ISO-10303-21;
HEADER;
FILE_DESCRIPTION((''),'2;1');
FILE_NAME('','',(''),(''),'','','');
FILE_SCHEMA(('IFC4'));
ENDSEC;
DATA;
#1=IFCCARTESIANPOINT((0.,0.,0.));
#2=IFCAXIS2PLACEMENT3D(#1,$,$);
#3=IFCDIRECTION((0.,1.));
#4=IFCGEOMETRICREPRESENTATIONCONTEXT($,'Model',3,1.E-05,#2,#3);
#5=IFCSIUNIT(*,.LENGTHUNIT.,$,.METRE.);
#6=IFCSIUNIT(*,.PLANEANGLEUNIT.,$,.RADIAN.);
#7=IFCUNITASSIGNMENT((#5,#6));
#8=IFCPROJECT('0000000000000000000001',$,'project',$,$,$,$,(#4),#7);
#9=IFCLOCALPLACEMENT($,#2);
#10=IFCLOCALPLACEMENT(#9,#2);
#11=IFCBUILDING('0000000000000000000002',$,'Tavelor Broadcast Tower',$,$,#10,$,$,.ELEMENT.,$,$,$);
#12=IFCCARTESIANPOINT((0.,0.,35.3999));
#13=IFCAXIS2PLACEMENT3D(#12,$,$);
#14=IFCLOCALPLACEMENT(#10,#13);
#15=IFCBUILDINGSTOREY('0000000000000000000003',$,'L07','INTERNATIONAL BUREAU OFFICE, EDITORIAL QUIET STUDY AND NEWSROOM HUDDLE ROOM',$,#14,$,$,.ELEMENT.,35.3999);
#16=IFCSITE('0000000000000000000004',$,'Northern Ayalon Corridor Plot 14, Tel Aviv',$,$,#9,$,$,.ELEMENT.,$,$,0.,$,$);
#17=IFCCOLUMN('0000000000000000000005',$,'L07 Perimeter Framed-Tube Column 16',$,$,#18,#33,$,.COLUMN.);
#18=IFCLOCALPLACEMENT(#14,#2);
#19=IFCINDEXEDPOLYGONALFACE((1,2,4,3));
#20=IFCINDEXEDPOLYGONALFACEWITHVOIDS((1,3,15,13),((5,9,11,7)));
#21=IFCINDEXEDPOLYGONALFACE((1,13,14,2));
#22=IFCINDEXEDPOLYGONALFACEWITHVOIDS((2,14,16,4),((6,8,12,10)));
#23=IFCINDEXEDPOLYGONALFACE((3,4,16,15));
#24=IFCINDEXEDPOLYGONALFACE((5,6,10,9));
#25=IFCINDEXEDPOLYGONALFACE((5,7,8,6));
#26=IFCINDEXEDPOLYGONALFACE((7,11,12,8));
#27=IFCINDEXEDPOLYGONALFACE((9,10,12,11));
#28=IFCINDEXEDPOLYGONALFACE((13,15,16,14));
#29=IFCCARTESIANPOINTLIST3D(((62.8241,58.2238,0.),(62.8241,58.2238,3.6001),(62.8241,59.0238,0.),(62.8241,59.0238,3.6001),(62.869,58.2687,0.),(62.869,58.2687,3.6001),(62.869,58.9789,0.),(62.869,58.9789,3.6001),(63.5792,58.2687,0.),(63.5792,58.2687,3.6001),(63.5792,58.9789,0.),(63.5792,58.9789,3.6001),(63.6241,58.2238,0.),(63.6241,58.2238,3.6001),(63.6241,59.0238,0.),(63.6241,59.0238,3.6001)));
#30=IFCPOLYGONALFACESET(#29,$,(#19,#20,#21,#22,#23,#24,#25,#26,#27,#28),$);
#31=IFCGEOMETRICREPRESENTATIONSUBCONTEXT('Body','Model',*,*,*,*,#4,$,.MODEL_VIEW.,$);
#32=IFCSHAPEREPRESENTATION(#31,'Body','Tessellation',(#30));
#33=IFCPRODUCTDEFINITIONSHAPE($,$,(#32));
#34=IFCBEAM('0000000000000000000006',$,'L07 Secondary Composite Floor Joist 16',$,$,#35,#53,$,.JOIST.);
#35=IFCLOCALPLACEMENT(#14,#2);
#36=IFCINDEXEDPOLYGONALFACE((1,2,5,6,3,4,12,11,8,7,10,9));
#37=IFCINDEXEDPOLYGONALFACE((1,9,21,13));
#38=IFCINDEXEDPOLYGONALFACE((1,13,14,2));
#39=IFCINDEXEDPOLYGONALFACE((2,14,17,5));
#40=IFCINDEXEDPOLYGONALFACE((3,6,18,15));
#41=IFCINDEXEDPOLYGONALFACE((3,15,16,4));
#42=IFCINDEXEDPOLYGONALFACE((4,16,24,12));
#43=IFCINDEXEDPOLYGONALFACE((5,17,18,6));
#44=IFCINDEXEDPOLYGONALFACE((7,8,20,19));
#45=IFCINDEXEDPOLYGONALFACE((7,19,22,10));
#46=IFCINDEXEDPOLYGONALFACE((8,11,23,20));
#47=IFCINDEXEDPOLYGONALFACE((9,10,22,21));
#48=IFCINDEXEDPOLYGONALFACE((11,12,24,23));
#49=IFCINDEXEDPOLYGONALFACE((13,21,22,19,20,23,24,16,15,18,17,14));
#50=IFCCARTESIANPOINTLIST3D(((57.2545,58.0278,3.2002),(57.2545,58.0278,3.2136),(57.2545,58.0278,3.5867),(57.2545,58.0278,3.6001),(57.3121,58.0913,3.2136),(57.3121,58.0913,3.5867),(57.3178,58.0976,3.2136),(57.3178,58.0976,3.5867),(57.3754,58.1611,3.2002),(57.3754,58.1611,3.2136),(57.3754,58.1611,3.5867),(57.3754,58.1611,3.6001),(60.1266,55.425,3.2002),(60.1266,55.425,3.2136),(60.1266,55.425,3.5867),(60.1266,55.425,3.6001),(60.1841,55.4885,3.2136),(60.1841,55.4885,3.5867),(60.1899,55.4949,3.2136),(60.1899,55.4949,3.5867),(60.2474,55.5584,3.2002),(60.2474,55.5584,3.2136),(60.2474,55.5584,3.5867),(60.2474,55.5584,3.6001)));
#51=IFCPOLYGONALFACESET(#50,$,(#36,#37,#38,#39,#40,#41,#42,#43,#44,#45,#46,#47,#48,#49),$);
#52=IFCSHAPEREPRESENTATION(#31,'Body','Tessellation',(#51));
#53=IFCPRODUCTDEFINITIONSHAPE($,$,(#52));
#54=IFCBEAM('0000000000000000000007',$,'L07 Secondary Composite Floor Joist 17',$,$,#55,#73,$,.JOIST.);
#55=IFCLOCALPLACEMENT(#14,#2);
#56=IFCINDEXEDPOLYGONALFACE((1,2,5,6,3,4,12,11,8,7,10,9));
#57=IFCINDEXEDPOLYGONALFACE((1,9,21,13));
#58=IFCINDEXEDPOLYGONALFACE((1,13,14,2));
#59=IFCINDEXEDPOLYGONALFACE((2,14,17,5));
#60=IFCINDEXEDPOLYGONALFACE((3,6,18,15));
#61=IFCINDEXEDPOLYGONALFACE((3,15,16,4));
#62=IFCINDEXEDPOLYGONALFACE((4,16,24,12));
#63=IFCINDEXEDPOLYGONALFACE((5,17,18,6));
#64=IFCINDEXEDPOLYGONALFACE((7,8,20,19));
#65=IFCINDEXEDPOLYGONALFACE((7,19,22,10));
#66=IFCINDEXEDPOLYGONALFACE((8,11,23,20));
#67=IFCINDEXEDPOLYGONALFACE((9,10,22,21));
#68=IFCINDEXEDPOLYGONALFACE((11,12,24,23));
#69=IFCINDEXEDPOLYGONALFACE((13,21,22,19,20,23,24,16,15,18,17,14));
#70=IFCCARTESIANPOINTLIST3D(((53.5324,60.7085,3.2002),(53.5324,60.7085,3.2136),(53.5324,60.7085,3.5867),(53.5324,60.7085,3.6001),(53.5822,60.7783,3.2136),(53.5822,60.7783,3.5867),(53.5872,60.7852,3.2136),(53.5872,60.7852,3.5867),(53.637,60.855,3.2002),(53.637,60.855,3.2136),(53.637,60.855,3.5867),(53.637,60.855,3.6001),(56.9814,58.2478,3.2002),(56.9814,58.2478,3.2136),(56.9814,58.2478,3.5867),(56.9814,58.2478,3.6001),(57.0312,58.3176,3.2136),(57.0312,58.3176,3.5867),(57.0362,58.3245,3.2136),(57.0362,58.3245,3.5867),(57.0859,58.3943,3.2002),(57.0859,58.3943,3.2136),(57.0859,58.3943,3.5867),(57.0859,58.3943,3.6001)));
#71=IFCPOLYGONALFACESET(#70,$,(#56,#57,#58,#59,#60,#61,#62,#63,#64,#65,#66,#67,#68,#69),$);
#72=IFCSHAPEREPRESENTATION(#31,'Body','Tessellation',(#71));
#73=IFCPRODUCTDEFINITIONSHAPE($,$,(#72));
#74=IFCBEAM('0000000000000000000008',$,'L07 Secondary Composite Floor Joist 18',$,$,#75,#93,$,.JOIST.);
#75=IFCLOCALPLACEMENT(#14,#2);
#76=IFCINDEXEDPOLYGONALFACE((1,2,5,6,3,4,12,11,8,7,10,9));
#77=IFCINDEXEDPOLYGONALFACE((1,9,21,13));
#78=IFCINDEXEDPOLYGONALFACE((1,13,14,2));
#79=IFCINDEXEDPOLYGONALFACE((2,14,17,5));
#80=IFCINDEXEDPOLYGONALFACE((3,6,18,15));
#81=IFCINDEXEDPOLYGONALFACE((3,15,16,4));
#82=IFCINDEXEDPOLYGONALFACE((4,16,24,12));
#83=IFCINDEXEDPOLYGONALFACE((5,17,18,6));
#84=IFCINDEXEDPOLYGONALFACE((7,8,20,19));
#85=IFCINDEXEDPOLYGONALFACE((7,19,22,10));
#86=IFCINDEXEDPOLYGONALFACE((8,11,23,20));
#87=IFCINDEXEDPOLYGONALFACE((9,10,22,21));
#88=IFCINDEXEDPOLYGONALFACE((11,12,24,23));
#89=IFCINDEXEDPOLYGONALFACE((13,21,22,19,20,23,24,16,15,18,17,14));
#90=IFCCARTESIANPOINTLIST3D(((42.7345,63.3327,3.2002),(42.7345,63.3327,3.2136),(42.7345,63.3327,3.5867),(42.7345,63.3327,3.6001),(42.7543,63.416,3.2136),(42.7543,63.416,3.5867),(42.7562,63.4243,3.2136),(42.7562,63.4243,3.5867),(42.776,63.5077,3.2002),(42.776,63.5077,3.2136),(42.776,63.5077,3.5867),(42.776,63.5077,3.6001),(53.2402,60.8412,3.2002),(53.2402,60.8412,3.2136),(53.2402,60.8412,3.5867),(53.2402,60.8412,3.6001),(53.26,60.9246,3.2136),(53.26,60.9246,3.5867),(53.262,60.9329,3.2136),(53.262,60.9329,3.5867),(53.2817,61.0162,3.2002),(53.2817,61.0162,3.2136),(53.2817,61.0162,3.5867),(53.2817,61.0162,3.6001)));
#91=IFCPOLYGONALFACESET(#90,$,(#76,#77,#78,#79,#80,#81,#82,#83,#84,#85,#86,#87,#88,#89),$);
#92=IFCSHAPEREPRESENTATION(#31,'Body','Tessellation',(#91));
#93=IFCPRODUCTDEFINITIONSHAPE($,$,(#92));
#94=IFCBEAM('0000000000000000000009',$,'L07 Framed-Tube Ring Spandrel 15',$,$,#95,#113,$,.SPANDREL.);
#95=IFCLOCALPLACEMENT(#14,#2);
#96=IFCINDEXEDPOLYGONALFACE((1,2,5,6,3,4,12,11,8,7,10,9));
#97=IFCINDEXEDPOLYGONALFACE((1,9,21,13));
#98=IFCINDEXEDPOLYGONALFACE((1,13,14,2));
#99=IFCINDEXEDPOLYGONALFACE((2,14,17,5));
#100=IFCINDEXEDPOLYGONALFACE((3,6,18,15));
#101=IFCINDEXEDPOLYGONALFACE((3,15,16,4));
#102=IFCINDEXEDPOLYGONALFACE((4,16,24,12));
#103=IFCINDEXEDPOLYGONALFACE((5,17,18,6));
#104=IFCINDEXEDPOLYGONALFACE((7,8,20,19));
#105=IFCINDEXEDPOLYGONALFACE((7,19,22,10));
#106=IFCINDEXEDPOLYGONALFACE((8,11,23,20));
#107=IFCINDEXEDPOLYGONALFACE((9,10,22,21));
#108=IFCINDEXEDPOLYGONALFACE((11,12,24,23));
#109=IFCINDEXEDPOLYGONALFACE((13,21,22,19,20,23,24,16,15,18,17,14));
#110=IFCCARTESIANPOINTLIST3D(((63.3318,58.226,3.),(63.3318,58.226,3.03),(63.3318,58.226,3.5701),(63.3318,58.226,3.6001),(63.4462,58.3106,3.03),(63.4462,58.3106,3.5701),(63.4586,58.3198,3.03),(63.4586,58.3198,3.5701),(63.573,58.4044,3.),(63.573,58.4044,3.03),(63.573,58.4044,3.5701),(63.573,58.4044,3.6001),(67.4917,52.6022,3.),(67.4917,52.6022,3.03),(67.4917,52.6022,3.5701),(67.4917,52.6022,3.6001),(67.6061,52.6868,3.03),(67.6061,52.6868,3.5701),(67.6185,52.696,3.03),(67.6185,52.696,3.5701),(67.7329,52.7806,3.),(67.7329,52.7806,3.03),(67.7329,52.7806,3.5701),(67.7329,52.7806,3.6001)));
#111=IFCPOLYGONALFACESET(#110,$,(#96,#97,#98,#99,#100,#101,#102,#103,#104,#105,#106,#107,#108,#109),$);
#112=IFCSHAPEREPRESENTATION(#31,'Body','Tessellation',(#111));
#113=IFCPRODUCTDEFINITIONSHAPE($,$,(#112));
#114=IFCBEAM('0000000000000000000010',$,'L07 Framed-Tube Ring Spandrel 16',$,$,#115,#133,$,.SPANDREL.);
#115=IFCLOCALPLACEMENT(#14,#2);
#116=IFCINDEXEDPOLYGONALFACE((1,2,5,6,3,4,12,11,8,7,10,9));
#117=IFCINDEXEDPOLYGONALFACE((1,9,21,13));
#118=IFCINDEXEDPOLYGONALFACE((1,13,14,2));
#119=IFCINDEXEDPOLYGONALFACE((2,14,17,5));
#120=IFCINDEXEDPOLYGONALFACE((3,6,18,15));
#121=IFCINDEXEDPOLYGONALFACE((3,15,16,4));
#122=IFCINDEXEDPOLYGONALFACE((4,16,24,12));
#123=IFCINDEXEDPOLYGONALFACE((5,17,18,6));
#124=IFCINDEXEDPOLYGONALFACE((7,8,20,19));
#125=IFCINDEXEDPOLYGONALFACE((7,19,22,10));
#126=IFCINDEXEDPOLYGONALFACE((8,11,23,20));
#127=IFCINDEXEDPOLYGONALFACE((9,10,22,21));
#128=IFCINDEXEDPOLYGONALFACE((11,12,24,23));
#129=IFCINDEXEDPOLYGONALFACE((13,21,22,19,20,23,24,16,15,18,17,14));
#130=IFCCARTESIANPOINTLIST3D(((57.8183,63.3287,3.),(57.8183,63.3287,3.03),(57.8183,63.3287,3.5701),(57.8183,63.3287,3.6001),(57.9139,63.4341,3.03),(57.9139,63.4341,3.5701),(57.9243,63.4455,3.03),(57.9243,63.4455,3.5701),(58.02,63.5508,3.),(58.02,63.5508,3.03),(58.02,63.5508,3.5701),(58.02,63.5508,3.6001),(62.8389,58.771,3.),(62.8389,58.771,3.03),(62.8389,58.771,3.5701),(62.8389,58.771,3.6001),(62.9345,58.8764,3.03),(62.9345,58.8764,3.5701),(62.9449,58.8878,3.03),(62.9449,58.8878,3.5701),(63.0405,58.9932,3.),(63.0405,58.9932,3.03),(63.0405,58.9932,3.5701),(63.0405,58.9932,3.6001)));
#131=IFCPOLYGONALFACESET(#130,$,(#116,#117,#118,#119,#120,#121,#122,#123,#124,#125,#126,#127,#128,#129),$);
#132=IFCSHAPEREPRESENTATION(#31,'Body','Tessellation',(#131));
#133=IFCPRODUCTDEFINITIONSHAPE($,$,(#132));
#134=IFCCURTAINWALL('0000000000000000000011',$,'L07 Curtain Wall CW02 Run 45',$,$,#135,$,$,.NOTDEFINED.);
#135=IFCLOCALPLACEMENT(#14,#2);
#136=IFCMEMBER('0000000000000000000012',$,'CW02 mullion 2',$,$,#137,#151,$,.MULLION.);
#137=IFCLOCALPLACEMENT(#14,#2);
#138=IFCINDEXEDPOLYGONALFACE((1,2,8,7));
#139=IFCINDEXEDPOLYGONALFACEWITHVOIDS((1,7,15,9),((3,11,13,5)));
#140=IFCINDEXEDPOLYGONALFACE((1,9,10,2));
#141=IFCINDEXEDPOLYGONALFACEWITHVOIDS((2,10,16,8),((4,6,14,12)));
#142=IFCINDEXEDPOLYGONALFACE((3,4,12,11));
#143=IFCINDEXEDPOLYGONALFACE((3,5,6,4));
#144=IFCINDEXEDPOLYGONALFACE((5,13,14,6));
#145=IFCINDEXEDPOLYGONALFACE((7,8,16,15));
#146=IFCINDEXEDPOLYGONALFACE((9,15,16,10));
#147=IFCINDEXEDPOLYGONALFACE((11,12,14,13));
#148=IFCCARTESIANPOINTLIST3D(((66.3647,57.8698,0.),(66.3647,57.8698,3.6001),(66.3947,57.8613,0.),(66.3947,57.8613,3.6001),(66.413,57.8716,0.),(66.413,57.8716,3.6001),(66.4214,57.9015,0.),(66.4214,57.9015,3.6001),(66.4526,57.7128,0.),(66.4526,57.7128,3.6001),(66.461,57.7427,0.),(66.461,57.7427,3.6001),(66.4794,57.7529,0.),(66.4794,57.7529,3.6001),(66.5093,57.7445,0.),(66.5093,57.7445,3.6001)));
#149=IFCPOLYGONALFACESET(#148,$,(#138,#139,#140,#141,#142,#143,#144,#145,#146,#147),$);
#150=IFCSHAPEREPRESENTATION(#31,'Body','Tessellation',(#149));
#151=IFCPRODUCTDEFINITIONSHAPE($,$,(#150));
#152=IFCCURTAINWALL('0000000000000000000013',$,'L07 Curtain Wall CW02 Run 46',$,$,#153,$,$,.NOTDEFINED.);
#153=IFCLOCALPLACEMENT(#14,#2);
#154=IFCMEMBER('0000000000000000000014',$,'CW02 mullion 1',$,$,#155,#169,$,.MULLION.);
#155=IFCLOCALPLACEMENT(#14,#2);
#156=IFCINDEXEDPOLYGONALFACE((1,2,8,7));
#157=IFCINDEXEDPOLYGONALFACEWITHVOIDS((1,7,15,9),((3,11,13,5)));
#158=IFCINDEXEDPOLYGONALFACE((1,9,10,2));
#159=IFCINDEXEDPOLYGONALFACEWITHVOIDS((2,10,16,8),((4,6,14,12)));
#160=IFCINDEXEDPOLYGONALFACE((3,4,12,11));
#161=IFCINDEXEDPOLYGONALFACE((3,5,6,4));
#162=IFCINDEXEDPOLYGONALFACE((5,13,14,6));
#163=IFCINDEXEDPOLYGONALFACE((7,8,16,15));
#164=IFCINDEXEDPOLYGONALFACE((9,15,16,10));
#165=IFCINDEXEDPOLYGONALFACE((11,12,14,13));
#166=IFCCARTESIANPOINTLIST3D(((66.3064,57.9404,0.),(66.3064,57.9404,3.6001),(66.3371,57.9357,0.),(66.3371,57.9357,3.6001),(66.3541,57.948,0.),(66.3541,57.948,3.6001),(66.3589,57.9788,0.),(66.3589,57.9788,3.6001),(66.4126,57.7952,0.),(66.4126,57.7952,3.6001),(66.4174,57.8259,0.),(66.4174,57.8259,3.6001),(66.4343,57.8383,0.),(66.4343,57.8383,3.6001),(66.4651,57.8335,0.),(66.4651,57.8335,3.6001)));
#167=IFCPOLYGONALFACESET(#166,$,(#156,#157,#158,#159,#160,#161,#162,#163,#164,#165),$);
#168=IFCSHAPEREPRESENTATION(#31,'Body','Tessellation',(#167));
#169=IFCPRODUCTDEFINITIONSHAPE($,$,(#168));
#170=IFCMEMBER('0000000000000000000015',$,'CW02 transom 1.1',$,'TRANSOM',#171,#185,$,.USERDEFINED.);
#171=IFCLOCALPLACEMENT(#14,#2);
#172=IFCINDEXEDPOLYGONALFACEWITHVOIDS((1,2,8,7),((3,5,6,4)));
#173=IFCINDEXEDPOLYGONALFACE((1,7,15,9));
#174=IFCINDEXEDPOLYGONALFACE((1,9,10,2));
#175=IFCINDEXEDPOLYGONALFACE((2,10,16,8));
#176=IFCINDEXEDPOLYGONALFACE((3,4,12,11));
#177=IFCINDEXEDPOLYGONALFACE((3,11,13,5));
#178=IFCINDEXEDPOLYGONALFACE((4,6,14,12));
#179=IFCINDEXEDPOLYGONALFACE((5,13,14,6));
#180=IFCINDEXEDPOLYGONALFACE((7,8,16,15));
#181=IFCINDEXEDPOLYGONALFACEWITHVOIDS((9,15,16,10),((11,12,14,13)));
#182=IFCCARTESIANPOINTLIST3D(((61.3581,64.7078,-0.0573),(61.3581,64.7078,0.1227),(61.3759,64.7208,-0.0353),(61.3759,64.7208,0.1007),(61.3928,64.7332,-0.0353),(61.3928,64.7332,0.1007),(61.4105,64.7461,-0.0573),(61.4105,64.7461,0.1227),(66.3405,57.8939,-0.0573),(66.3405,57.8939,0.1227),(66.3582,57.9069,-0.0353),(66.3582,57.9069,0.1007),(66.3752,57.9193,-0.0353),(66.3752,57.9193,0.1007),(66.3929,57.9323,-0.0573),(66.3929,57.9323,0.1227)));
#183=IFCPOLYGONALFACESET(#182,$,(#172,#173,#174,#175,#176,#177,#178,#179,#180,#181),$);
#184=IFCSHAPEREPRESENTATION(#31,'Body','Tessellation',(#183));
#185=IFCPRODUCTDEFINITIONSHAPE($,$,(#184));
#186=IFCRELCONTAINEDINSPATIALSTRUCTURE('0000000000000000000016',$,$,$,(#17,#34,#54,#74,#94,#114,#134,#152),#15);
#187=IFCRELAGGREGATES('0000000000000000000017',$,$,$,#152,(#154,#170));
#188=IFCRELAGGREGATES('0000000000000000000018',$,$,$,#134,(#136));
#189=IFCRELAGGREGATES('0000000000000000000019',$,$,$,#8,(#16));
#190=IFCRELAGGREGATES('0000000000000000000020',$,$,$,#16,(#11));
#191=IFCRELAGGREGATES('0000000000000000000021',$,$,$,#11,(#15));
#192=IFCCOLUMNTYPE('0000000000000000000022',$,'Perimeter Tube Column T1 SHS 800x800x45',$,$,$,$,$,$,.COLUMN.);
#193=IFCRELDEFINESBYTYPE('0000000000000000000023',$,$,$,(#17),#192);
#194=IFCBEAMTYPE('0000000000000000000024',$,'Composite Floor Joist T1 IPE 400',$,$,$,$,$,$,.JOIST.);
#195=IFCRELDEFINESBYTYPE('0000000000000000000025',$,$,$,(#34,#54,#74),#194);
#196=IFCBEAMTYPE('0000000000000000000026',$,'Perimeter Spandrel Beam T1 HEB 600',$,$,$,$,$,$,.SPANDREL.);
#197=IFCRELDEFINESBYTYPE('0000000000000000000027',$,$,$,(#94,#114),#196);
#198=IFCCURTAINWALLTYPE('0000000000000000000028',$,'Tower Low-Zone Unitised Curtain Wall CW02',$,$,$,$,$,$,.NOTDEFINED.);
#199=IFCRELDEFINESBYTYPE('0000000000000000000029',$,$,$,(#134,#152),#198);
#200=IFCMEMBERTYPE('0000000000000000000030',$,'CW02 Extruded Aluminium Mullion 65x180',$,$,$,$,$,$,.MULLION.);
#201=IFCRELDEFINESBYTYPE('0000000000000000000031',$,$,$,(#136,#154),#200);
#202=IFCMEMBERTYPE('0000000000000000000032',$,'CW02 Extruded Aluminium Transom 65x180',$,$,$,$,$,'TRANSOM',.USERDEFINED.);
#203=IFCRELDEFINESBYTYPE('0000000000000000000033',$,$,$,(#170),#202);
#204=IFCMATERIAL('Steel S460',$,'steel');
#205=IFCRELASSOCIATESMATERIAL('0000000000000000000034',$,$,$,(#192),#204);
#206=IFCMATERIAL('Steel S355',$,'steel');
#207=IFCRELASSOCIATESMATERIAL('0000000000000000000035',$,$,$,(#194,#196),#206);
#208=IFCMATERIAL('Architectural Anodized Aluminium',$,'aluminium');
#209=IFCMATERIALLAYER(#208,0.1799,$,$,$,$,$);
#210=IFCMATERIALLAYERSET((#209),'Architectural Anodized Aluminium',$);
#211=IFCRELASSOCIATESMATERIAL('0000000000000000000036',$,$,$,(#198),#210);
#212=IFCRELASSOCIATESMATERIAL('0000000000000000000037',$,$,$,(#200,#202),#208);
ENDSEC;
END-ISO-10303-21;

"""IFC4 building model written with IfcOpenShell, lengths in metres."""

from ifc_helpers import new_model, si_unit, direction, frame, origin, origin_2d, place, context, subcontext, project, spatial, hollow_rectangle, i_section, extrude, source, transform, mapped, material, layer, layer_set, material_profile, profile_set, type_object, type_shapes, element, aggregate, save


model = new_model("IFC4")

# Units and contexts
model_context = context("Model", 3, precision=1e-05, world=origin(), true_north=direction((0.0, 1.0)))
body_context = subcontext(model_context, "Body", "Model", "MODEL_VIEW")
ifc_project = project(units=[si_unit("LENGTHUNIT", "METRE"), si_unit("PLANEANGLEUNIT", "RADIAN")], contexts=[model_context])

# Site, building, storey
site_placement = place(None, origin())
site = spatial("IfcSite", under=ifc_project, at=site_placement, Name="Northern Ayalon Corridor Plot 14, Tel Aviv", CompositionType="ELEMENT", RefElevation=0.0)
building_placement = place(site_placement, origin())
building = spatial("IfcBuilding", under=site, at=building_placement, Name="Tavelor Broadcast Tower", CompositionType="ELEMENT")
storey_placement = place(building_placement, frame((0.0, 0.0, 35.3999)))
storey = spatial("IfcBuildingStorey", under=building, at=storey_placement, Name="L07", Description="INTERNATIONAL BUREAU OFFICE, EDITORIAL QUIET STUDY AND NEWSROOM HUDDLE ROOM", CompositionType="ELEMENT", Elevation=35.3999)

# Column
ifc_material_1 = material(Name="Steel S460", Category="steel")
ifc_material_profile_1 = material_profile(ifc_material_1, hollow_rectangle(XDim=0.8, YDim=0.8, WallThickness=0.0449, at=origin_2d()), Name="SHS 800x800x45")
ifc_profile_set_1 = profile_set([ifc_material_profile_1], Name="Steel S460")
column_type = type_object("IfcColumnType", Name="Perimeter Tube Column T1 SHS 800x800x45", PredefinedType="COLUMN", material=ifc_profile_set_1)
column_placement = place(storey_placement, frame((63.2241, 58.6238, 0.0), z_axis=(0.0, 0.0, 1.0), x_axis=(1.0, 0.0, 0.0)))
element("IfcColumn", 1, at=column_placement, inside=storey, type_object=column_type, Name="L07 Perimeter Framed-Tube Column 16", PredefinedType="COLUMN", context=body_context, shape_type="SweptSolid", body=[
    extrude(hollow_rectangle(XDim=0.8, YDim=0.8, WallThickness=0.0449, at=origin_2d()), origin(), (0.0, 0.0, 1.0), 3.6001),
])

# Beams
ifc_material_2 = material(Name="Steel S355", Category="steel")
ifc_material_profile_2 = material_profile(ifc_material_2, i_section(OverallWidth=0.1799, OverallDepth=0.3999, WebThickness=0.0085, FlangeThickness=0.0134, at=origin_2d()), Name="IPE 400")
ifc_profile_set_2 = profile_set([ifc_material_profile_2], Name="Steel S355")
beam_type_1 = type_object("IfcBeamType", Name="Composite Floor Joist T1 IPE 400", PredefinedType="JOIST", material=ifc_profile_set_2)
beam_1_placement = place(storey_placement, frame((60.187, 55.4917, 3.4001), z_axis=(-0.740991, 0.671515, 0.0), x_axis=(-0.671515, -0.740991, 0.0)))
element("IfcBeam", 2, at=beam_1_placement, inside=storey, type_object=beam_type_1, Name="L07 Secondary Composite Floor Joist 16", PredefinedType="JOIST", context=body_context, shape_type="SweptSolid", body=[
    extrude(i_section(OverallWidth=0.1799, OverallDepth=0.3999, WebThickness=0.0085, FlangeThickness=0.0134, at=origin_2d()), origin(), (0.0, 0.0, 1.0), 3.876),
])
beam_2_placement = place(storey_placement, frame((57.0337, 58.321, 3.4001), z_axis=(-0.814053, 0.580791, 0.0), x_axis=(-0.580791, -0.814053, 0.0)))
element("IfcBeam", 3, at=beam_2_placement, inside=storey, type_object=beam_type_1, Name="L07 Secondary Composite Floor Joist 17", PredefinedType="JOIST", context=body_context, shape_type="SweptSolid", body=[
    extrude(i_section(OverallWidth=0.1799, OverallDepth=0.3999, WebThickness=0.0085, FlangeThickness=0.0134, at=origin_2d()), origin(), (0.0, 0.0, 1.0), 4.2368),
])
beam_3_placement = place(storey_placement, frame((53.261, 60.9287, 3.4001), z_axis=(-0.973012, 0.230754, 0.0), x_axis=(-0.230754, -0.973012, 0.0)))
element("IfcBeam", 4, at=beam_3_placement, inside=storey, type_object=beam_type_1, Name="L07 Secondary Composite Floor Joist 18", PredefinedType="JOIST", context=body_context, shape_type="SweptSolid", body=[
    extrude(i_section(OverallWidth=0.1799, OverallDepth=0.3999, WebThickness=0.0085, FlangeThickness=0.0134, at=origin_2d()), origin(), (0.0, 0.0, 1.0), 10.7971),
])
ifc_material_profile_3 = material_profile(ifc_material_2, i_section(OverallWidth=0.3, OverallDepth=0.6001, WebThickness=0.0154, FlangeThickness=0.03, at=origin_2d()), Name="HEB 600")
ifc_profile_set_3 = profile_set([ifc_material_profile_3], Name="Steel S355")
beam_type_2 = type_object("IfcBeamType", Name="Perimeter Spandrel Beam T1 HEB 600", PredefinedType="SPANDREL", material=ifc_profile_set_3)
beam_4_placement = place(storey_placement, frame((67.6123, 52.6914, 3.3), z_axis=(-0.594687, 0.803957, 0.0), x_axis=(-0.803957, -0.594687, 0.0)))
element("IfcBeam", 5, at=beam_4_placement, inside=storey, type_object=beam_type_2, Name="L07 Framed-Tube Ring Spandrel 15", PredefinedType="SPANDREL", context=body_context, shape_type="SweptSolid", body=[
    extrude(i_section(OverallWidth=0.3, OverallDepth=0.6001, WebThickness=0.0154, FlangeThickness=0.03, at=origin_2d()), origin(), (0.0, 0.0, 1.0), 6.9951),
])
beam_5_placement = place(storey_placement, frame((62.9397, 58.8821, 3.3), z_axis=(-0.740416, 0.672149, 0.0), x_axis=(-0.672149, -0.740416, 0.0)))
element("IfcBeam", 6, at=beam_5_placement, inside=storey, type_object=beam_type_2, Name="L07 Framed-Tube Ring Spandrel 16", PredefinedType="SPANDREL", context=body_context, shape_type="SweptSolid", body=[
    extrude(i_section(OverallWidth=0.3, OverallDepth=0.6001, WebThickness=0.0154, FlangeThickness=0.03, at=origin_2d()), origin(), (0.0, 0.0, 1.0), 6.7808),
])

# Curtain wall, member
ifc_material_3 = material(Name="Architectural Anodized Aluminium", Category="aluminium")
ifc_layer_1 = layer(ifc_material_3, 0.1799)
ifc_layer_set_1 = layer_set([ifc_layer_1], Name="Architectural Anodized Aluminium")
curtain_wall_type = type_object("IfcCurtainWallType", Name="Tower Low-Zone Unitised Curtain Wall CW02", PredefinedType="NOTDEFINED", material=ifc_layer_set_1)
curtain_wall_1_placement = place(storey_placement, origin())
curtain_wall_1 = element("IfcCurtainWall", 7, at=curtain_wall_1_placement, inside=storey, type_object=curtain_wall_type, Name="L07 Curtain Wall CW02 Run 45", PredefinedType="NOTDEFINED")
ifc_material_profile_4 = material_profile(ifc_material_3, hollow_rectangle(XDim=0.0649, YDim=0.1799, WallThickness=0.022, at=origin_2d()), Name="RHS 65x180x22")
ifc_profile_set_4 = profile_set([ifc_material_profile_4], Name="Architectural Anodized Aluminium")
member_type_1 = type_object("IfcMemberType", Name="CW02 Extruded Aluminium Mullion 65x180", PredefinedType="MULLION", material=ifc_profile_set_4)
shared_shape_1 = source(origin(), body_context, "Body", "SweptSolid", [
    extrude(hollow_rectangle(XDim=0.0649, YDim=0.1799, WallThickness=0.022, at=origin_2d()), origin(), (0.0, 0.0, 1.0), 3.6001),
])
type_shapes(member_type_1, [shared_shape_1])
member_1_placement = place(storey_placement, frame((66.437, 57.8071, 0.0), z_axis=(0.0, 0.0, 1.0), x_axis=(-0.872709, -0.488241, 0.0)))
member_1 = element("IfcMember", 8, at=member_1_placement, type_object=member_type_1, Name="CW02 mullion 2", PredefinedType="MULLION", context=body_context, shape_type="MappedRepresentation", body=[
    mapped(shared_shape_1, transform((0.0, 0.0, 0.0), scale=1.0)),
])

# Curtain wall, members
curtain_wall_2_placement = place(storey_placement, origin())
curtain_wall_2 = element("IfcCurtainWall", 9, at=curtain_wall_2_placement, inside=storey, type_object=curtain_wall_type, Name="L07 Curtain Wall CW02 Run 46", PredefinedType="NOTDEFINED")
member_2_placement = place(storey_placement, frame((66.3857, 57.887, 0.0), z_axis=(0.0, 0.0, 1.0), x_axis=(-0.80722, -0.590251, 0.0)))
member_2 = element("IfcMember", 10, at=member_2_placement, type_object=member_type_1, Name="CW02 mullion 1", PredefinedType="MULLION", context=body_context, shape_type="MappedRepresentation", body=[
    mapped(shared_shape_1, transform((0.0, 0.0, 0.0), scale=1.0)),
])
ifc_material_profile_5 = material_profile(ifc_material_3, hollow_rectangle(XDim=0.0649, YDim=0.1799, WallThickness=0.022, at=origin_2d()), Name="RHS 65x180x22")
ifc_profile_set_5 = profile_set([ifc_material_profile_5], Name="Architectural Anodized Aluminium")
member_type_2 = type_object("IfcMemberType", Name="CW02 Extruded Aluminium Transom 65x180", ElementType="TRANSOM", PredefinedType="USERDEFINED", material=ifc_profile_set_5)
shared_shape_2 = source(origin(), body_context, "Body", "SweptSolid", [
    extrude(hollow_rectangle(XDim=0.0649, YDim=0.1799, WallThickness=0.022, at=origin_2d()), origin(), (0.0, 0.0, 1.0), 8.4412),
])
type_shapes(member_type_2, [shared_shape_2])
member_3_placement = place(storey_placement, frame((66.3667, 57.9131, 0.0327), z_axis=(-0.590247, 0.807223, 0.0), x_axis=(-0.807223, -0.590247, 0.0)))
member_3 = element("IfcMember", 11, at=member_3_placement, type_object=member_type_2, Name="CW02 transom 1.1", ObjectType="TRANSOM", PredefinedType="USERDEFINED", context=body_context, shape_type="MappedRepresentation", body=[
    mapped(shared_shape_2, transform((0.0, 0.0, 0.0), scale=1.0)),
])

aggregate(curtain_wall_2, [member_2, member_3])
aggregate(curtain_wall_1, [member_1])

save(model, "model.ifc")
